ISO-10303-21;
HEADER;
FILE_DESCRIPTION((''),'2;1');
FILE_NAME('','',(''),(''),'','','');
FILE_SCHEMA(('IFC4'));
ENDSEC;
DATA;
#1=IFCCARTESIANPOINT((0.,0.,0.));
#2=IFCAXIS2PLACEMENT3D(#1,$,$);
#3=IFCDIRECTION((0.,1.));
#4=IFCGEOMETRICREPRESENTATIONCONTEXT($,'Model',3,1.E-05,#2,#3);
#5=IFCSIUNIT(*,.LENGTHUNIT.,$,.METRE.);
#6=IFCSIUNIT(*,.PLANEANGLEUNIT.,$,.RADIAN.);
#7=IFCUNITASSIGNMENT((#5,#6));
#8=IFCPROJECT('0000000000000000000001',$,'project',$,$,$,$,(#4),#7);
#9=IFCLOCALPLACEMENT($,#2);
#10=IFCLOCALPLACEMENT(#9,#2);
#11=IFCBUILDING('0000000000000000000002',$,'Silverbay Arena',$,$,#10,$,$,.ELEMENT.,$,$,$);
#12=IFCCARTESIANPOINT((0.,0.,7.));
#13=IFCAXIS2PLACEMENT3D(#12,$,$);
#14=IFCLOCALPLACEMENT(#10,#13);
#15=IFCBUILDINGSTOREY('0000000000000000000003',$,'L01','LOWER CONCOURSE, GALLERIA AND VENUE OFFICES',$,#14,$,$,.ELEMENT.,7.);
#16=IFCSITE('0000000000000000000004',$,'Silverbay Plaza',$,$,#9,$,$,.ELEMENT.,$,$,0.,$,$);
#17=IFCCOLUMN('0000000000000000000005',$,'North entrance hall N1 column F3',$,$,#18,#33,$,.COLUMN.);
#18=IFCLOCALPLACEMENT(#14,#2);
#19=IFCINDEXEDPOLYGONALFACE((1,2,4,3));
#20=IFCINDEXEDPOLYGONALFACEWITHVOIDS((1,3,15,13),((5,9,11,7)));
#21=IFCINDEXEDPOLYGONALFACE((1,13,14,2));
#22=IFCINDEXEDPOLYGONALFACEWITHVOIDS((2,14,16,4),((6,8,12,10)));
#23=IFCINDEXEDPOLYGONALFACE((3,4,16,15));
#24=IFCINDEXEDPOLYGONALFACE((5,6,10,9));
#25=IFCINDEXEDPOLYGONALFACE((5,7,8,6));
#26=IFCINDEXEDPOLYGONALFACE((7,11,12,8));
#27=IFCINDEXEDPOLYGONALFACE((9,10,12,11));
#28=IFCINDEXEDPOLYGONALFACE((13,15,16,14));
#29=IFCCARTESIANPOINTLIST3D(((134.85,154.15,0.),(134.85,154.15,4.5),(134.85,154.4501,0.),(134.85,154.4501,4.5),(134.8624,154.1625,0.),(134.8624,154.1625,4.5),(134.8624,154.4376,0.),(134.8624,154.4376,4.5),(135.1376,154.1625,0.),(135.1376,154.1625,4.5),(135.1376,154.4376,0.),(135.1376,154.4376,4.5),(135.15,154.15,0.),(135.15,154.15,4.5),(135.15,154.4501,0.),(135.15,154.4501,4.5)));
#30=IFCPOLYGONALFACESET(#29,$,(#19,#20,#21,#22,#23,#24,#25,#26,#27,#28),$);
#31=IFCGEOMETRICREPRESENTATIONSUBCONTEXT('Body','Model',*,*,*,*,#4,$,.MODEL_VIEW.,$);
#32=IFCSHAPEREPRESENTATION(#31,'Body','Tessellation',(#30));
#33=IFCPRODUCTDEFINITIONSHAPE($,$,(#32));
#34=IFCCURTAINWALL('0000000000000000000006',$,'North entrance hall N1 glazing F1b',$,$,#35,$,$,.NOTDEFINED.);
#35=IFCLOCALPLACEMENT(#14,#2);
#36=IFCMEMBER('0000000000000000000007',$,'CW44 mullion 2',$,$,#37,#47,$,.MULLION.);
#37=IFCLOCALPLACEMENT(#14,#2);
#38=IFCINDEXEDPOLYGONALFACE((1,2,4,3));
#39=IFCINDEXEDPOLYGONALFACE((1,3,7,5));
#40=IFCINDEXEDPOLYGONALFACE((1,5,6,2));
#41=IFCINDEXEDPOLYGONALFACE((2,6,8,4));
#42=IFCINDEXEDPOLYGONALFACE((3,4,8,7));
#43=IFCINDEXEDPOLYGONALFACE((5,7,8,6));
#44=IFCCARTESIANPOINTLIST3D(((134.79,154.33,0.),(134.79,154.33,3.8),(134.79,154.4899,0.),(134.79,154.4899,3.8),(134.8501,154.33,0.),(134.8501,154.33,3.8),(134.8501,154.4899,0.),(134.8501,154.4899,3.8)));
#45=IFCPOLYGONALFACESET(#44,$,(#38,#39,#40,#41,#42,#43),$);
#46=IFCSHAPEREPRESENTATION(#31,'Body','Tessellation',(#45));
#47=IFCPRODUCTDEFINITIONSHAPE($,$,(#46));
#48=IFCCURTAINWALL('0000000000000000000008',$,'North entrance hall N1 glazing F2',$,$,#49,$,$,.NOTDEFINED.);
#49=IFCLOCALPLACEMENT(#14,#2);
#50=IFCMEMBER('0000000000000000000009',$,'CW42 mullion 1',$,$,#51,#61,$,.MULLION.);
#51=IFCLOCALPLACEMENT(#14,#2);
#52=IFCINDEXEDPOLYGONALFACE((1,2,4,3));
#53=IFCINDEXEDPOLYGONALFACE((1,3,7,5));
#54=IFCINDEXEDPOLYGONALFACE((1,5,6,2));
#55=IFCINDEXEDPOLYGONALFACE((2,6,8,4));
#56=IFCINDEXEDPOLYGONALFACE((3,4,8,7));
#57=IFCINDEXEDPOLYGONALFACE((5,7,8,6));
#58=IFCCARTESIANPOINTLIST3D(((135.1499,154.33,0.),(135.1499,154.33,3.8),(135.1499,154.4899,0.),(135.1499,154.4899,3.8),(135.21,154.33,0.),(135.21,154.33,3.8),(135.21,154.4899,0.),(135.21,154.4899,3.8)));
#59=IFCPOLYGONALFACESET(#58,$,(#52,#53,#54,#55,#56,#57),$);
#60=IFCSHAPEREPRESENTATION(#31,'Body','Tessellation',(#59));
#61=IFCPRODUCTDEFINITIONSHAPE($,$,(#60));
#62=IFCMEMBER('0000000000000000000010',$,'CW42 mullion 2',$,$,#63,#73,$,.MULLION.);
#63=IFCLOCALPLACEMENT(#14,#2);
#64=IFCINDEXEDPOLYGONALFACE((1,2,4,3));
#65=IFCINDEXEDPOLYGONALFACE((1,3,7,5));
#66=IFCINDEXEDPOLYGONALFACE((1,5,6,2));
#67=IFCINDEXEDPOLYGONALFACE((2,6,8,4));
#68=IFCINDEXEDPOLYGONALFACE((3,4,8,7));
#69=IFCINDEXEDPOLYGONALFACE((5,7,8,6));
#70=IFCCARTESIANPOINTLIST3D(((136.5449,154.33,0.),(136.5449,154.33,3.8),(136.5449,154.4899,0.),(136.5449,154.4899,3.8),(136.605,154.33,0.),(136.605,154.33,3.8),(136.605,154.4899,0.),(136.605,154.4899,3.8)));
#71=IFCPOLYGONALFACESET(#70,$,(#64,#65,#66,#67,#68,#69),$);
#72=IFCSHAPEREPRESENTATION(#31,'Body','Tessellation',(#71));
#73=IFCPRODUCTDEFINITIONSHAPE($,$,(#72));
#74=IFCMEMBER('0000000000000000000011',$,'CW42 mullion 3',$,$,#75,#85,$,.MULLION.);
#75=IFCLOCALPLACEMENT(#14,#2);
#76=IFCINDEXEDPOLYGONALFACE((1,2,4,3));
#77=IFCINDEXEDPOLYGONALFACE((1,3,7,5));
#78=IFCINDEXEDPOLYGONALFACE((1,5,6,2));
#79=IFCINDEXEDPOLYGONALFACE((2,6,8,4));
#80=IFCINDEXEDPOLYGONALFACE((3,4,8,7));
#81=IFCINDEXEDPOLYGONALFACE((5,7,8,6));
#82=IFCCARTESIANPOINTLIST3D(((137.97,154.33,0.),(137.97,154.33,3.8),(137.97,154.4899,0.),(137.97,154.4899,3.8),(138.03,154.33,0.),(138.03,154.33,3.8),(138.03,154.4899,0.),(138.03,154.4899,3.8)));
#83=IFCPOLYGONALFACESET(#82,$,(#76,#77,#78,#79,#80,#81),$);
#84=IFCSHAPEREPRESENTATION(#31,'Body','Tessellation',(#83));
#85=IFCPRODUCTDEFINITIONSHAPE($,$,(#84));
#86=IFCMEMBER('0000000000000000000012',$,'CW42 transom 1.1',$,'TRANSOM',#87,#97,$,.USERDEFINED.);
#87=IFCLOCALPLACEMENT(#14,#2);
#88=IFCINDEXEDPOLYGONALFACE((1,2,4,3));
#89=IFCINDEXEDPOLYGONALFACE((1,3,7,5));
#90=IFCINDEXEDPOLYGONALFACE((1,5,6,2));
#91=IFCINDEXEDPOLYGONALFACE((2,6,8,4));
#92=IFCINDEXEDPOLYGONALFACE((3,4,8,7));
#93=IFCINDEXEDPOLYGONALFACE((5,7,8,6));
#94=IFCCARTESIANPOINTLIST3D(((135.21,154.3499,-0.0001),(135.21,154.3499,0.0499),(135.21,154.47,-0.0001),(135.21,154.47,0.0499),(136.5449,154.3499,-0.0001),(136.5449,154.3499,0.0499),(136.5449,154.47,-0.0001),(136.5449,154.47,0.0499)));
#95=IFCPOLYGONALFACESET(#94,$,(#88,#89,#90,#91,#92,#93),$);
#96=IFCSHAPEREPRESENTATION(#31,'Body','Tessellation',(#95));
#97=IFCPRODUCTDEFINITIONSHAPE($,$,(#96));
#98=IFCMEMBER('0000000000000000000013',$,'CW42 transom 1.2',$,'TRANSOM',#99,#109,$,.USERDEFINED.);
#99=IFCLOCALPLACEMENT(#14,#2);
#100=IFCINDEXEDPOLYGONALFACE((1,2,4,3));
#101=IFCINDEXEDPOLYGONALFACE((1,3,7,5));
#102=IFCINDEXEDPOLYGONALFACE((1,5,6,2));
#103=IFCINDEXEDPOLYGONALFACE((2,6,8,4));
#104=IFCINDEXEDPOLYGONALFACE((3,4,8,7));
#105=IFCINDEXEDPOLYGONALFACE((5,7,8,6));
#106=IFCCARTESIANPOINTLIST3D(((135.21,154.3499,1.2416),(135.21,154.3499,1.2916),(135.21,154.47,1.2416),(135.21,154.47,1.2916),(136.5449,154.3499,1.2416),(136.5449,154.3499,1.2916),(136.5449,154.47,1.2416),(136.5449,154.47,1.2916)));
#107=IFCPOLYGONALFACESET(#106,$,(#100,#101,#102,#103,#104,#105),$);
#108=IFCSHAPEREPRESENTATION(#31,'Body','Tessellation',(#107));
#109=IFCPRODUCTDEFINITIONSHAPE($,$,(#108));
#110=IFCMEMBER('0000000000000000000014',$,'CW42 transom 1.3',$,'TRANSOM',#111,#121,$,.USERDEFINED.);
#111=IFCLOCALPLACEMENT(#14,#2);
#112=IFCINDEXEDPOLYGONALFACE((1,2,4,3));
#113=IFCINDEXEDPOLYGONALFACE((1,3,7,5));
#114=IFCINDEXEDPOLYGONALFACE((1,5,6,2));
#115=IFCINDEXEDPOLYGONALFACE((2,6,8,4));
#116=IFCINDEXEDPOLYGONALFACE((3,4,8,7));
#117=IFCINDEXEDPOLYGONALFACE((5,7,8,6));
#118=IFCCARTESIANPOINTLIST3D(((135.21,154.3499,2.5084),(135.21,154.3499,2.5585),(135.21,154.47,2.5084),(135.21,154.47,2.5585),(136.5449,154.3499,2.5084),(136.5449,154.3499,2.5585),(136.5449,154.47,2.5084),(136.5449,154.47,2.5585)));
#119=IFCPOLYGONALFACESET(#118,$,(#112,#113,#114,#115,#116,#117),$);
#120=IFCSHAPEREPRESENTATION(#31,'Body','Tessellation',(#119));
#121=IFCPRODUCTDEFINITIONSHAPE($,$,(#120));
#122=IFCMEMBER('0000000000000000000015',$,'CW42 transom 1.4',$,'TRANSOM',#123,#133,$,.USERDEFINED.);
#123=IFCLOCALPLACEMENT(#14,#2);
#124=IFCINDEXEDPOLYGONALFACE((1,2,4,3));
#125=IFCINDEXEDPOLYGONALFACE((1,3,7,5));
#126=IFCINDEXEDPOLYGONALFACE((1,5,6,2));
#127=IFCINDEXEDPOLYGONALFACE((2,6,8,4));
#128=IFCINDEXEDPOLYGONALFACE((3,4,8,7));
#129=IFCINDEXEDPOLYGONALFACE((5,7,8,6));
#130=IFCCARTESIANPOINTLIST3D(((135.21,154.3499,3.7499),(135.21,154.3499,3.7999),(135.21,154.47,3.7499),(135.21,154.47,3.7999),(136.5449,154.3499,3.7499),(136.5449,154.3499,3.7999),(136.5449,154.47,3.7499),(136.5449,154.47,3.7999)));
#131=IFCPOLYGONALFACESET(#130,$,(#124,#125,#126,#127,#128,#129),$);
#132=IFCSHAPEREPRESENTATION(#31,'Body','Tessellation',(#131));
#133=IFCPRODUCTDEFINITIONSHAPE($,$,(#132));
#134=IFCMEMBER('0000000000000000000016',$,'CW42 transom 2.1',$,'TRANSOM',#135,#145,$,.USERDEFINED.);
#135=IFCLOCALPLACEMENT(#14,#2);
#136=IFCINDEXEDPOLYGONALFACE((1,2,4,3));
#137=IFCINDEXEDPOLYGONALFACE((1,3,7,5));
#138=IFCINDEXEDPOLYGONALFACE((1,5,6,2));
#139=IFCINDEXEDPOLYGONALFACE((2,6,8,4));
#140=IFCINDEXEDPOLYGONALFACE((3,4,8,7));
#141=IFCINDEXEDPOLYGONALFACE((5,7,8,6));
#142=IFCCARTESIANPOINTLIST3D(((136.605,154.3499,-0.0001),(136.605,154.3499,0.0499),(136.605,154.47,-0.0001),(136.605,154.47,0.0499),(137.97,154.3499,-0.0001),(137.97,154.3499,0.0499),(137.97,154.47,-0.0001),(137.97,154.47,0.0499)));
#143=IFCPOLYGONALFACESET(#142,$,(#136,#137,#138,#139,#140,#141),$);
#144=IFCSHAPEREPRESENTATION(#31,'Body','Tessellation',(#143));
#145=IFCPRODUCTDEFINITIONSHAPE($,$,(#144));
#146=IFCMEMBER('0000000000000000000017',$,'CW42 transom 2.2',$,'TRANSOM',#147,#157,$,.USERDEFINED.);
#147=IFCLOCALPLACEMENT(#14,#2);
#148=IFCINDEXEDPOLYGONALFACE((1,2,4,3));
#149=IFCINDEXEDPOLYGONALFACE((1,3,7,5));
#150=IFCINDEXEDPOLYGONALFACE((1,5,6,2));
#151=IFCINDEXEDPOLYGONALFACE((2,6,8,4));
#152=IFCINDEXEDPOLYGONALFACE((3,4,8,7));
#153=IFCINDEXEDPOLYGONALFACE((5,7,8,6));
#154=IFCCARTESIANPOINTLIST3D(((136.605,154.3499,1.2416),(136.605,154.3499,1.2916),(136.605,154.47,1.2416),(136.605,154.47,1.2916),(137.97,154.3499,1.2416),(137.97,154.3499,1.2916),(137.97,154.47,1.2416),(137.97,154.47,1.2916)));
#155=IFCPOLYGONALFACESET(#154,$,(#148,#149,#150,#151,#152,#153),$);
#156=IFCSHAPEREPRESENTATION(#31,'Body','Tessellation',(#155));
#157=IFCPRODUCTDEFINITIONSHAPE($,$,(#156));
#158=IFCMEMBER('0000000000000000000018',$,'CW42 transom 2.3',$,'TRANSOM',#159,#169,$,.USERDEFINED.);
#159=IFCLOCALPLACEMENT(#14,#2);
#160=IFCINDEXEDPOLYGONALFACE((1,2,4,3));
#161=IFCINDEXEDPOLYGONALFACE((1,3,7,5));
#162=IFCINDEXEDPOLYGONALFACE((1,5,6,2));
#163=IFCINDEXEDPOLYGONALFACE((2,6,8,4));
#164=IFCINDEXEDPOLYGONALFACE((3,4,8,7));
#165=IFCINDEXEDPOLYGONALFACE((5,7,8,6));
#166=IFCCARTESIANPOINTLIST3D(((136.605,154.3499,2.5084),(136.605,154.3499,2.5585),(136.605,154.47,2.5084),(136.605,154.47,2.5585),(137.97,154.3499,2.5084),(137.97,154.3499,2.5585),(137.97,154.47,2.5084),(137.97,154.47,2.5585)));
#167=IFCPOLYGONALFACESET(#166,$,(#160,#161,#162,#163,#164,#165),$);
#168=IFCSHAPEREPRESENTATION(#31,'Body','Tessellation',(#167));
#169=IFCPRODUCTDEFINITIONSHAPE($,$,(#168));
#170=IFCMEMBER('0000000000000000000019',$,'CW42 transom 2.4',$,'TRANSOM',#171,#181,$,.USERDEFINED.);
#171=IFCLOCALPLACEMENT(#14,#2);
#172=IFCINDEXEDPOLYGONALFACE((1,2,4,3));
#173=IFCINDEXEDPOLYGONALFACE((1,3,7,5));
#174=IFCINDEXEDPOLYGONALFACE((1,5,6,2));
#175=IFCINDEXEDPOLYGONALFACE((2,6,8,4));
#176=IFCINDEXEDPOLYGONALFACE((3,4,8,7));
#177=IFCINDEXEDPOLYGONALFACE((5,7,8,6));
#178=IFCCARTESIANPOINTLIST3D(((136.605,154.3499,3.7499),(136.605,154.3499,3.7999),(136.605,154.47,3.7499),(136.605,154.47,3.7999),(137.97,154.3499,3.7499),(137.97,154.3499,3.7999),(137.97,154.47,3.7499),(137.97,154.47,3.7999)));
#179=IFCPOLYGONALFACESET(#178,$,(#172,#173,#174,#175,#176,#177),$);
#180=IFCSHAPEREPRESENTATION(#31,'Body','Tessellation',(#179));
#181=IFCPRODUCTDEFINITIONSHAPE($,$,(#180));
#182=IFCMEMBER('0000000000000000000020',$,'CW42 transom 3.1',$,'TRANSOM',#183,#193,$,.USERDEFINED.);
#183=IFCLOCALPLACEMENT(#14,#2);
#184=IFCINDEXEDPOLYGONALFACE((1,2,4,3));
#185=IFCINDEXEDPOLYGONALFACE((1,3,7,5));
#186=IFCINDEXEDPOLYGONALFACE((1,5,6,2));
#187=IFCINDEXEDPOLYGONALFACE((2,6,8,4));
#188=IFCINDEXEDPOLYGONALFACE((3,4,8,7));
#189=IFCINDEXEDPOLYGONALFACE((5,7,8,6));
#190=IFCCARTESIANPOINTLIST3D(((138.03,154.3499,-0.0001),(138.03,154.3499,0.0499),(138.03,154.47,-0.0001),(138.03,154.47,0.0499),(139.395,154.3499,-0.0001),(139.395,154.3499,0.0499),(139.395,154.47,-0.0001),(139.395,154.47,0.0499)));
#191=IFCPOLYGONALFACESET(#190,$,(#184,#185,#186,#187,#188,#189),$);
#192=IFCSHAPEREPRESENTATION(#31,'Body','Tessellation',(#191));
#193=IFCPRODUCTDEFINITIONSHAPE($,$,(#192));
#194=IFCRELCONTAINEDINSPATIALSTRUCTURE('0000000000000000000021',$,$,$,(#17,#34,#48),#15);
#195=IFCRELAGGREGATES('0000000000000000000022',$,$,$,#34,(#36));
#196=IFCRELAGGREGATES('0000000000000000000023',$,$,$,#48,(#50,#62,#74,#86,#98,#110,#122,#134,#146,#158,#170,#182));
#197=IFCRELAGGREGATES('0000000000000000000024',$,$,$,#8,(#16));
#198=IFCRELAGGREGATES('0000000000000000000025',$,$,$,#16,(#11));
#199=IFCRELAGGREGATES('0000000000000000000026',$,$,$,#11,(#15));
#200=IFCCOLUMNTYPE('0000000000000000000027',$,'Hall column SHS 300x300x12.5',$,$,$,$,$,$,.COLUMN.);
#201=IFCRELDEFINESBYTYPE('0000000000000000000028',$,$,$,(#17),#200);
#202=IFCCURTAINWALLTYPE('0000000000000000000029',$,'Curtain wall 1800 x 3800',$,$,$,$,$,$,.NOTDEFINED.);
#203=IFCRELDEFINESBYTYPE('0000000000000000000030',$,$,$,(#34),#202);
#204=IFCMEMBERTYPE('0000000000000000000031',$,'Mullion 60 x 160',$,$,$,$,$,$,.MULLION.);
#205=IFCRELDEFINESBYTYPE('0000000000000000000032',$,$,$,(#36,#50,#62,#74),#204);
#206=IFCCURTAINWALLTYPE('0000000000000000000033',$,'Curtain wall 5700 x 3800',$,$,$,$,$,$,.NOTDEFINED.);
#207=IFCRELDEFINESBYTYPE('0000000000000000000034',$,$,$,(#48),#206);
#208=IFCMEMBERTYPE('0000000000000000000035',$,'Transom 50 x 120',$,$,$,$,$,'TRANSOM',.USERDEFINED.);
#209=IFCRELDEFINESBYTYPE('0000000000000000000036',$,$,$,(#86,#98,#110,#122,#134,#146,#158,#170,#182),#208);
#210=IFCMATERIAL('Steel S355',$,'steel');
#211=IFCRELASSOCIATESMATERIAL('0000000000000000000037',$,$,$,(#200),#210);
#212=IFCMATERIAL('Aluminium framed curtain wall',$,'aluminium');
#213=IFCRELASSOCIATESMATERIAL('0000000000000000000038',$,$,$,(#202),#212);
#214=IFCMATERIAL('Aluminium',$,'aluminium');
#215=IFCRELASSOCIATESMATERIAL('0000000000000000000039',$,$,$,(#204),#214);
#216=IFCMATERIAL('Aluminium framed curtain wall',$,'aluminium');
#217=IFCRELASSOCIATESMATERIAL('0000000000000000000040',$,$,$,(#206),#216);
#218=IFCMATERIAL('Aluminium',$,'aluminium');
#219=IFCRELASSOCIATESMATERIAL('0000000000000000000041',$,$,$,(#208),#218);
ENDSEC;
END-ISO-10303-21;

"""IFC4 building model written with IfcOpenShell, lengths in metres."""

from ifc_helpers import new_model, si_unit, direction, frame, origin, origin_2d, place, context, subcontext, project, spatial, rectangle, hollow_rectangle, extrude, material, material_profile, profile_set, type_object, element, aggregate, save


model = new_model("IFC4")

# Units and contexts
model_context = context("Model", 3, precision=1e-05, world=origin(), true_north=direction((0.0, 1.0)))
body_context = subcontext(model_context, "Body", "Model", "MODEL_VIEW")
ifc_project = project(units=[si_unit("LENGTHUNIT", "METRE"), si_unit("PLANEANGLEUNIT", "RADIAN")], contexts=[model_context])

# Site, building, storey
site_placement = place(None, origin())
site = spatial("IfcSite", under=ifc_project, at=site_placement, Name="Silverbay Plaza", CompositionType="ELEMENT", RefElevation=0.0)
building_placement = place(site_placement, origin())
building = spatial("IfcBuilding", under=site, at=building_placement, Name="Silverbay Arena", CompositionType="ELEMENT")
storey_placement = place(building_placement, frame((0.0, 0.0, 7.0)))
storey = spatial("IfcBuildingStorey", under=building, at=storey_placement, Name="L01", Description="LOWER CONCOURSE, GALLERIA AND VENUE OFFICES", CompositionType="ELEMENT", Elevation=7.0)

# Column
ifc_material_1 = material(Name="Steel S355", Category="steel")
ifc_material_profile_1 = material_profile(ifc_material_1, hollow_rectangle(XDim=0.3, YDim=0.3, WallThickness=0.0125, at=origin_2d()), Name="SHS 300x300x12.5")
ifc_profile_set_1 = profile_set([ifc_material_profile_1], Name="Steel S355")
column_type = type_object("IfcColumnType", Name="Hall column SHS 300x300x12.5", PredefinedType="COLUMN", material=ifc_profile_set_1)
column_placement = place(storey_placement, frame((135.0, 154.3, 0.0), z_axis=(0.0, 0.0, 1.0), x_axis=(1.0, 0.0, 0.0)))
element("IfcColumn", 1, at=column_placement, inside=storey, type_object=column_type, Name="North entrance hall N1 column F3", PredefinedType="COLUMN", context=body_context, shape_type="SweptSolid", body=[
    extrude(hollow_rectangle(XDim=0.3, YDim=0.3, WallThickness=0.0125, at=origin_2d()), origin(), (0.0, 0.0, 1.0), 4.5),
])

# Curtain wall, member
ifc_material_2 = material(Name="Aluminium framed curtain wall", Category="aluminium")
curtain_wall_type_1 = type_object("IfcCurtainWallType", Name="Curtain wall 1800 x 3800", PredefinedType="NOTDEFINED", material=ifc_material_2)
curtain_wall_1_placement = place(storey_placement, origin())
curtain_wall_1 = element("IfcCurtainWall", 2, at=curtain_wall_1_placement, inside=storey, type_object=curtain_wall_type_1, Name="North entrance hall N1 glazing F1b", PredefinedType="NOTDEFINED")
ifc_material_3 = material(Name="Aluminium", Category="aluminium")
ifc_material_profile_2 = material_profile(ifc_material_3, rectangle(XDim=0.1599, YDim=0.0601, at=origin_2d()), Name="Mullion 60 x 160")
ifc_profile_set_2 = profile_set([ifc_material_profile_2], Name="Aluminium")
member_type_1 = type_object("IfcMemberType", Name="Mullion 60 x 160", PredefinedType="MULLION", material=ifc_profile_set_2)
member_1_placement = place(storey_placement, frame((134.8201, 154.4099, 0.0), z_axis=(0.0, 0.0, 1.0), x_axis=(0.0, 1.0, 0.0)))
member_1 = element("IfcMember", 3, at=member_1_placement, type_object=member_type_1, Name="CW44 mullion 2", PredefinedType="MULLION", context=body_context, shape_type="SweptSolid", body=[
    extrude(rectangle(XDim=0.1599, YDim=0.0601, at=origin_2d()), origin(), (0.0, 0.0, 1.0), 3.8),
])
aggregate(curtain_wall_1, [member_1])

# Curtain wall, members
ifc_material_4 = material(Name="Aluminium framed curtain wall", Category="aluminium")
curtain_wall_type_2 = type_object("IfcCurtainWallType", Name="Curtain wall 5700 x 3800", PredefinedType="NOTDEFINED", material=ifc_material_4)
curtain_wall_2_placement = place(storey_placement, origin())
curtain_wall_2 = element("IfcCurtainWall", 4, at=curtain_wall_2_placement, inside=storey, type_object=curtain_wall_type_2, Name="North entrance hall N1 glazing F2", PredefinedType="NOTDEFINED")
member_2_placement = place(storey_placement, frame((135.1799, 154.4099, 0.0), z_axis=(0.0, 0.0, 1.0), x_axis=(0.0, 1.0, 0.0)))
member_2 = element("IfcMember", 5, at=member_2_placement, type_object=member_type_1, Name="CW42 mullion 1", PredefinedType="MULLION", context=body_context, shape_type="SweptSolid", body=[
    extrude(rectangle(XDim=0.1599, YDim=0.0601, at=origin_2d()), origin(), (0.0, 0.0, 1.0), 3.8),
])
member_3_placement = place(storey_placement, frame((136.575, 154.4099, 0.0), z_axis=(0.0, 0.0, 1.0), x_axis=(0.0, 1.0, 0.0)))
member_3 = element("IfcMember", 6, at=member_3_placement, type_object=member_type_1, Name="CW42 mullion 2", PredefinedType="MULLION", context=body_context, shape_type="SweptSolid", body=[
    extrude(rectangle(XDim=0.1599, YDim=0.0601, at=origin_2d()), origin(), (0.0, 0.0, 1.0), 3.8),
])
member_4_placement = place(storey_placement, frame((138.0, 154.4099, 0.0), z_axis=(0.0, 0.0, 1.0), x_axis=(0.0, 1.0, 0.0)))
member_4 = element("IfcMember", 7, at=member_4_placement, type_object=member_type_1, Name="CW42 mullion 3", PredefinedType="MULLION", context=body_context, shape_type="SweptSolid", body=[
    extrude(rectangle(XDim=0.1599, YDim=0.0601, at=origin_2d()), origin(), (0.0, 0.0, 1.0), 3.8),
])
ifc_material_5 = material(Name="Aluminium", Category="aluminium")
ifc_material_profile_3 = material_profile(ifc_material_5, rectangle(XDim=0.1201, YDim=0.05, at=origin_2d()), Name="Transom 50 x 120")
ifc_profile_set_3 = profile_set([ifc_material_profile_3], Name="Aluminium")
member_type_2 = type_object("IfcMemberType", Name="Transom 50 x 120", ElementType="TRANSOM", PredefinedType="USERDEFINED", material=ifc_profile_set_3)
member_5_placement = place(storey_placement, frame((135.21, 154.4099, 0.0249), z_axis=(1.0, 0.0, 0.0), x_axis=(0.0, 1.0, 0.0)))
member_5 = element("IfcMember", 8, at=member_5_placement, type_object=member_type_2, Name="CW42 transom 1.1", ObjectType="TRANSOM", PredefinedType="USERDEFINED", context=body_context, shape_type="SweptSolid", body=[
    extrude(rectangle(XDim=0.1201, YDim=0.05, at=origin_2d()), origin(), (0.0, 0.0, 1.0), 1.335),
])
member_6_placement = place(storey_placement, frame((135.21, 154.4099, 1.2666), z_axis=(1.0, 0.0, 0.0), x_axis=(0.0, 1.0, 0.0)))
member_6 = element("IfcMember", 9, at=member_6_placement, type_object=member_type_2, Name="CW42 transom 1.2", ObjectType="TRANSOM", PredefinedType="USERDEFINED", context=body_context, shape_type="SweptSolid", body=[
    extrude(rectangle(XDim=0.1201, YDim=0.05, at=origin_2d()), origin(), (0.0, 0.0, 1.0), 1.335),
])
member_7_placement = place(storey_placement, frame((135.21, 154.4099, 2.5334), z_axis=(1.0, 0.0, 0.0), x_axis=(0.0, 1.0, 0.0)))
member_7 = element("IfcMember", 10, at=member_7_placement, type_object=member_type_2, Name="CW42 transom 1.3", ObjectType="TRANSOM", PredefinedType="USERDEFINED", context=body_context, shape_type="SweptSolid", body=[
    extrude(rectangle(XDim=0.1201, YDim=0.05, at=origin_2d()), origin(), (0.0, 0.0, 1.0), 1.335),
])
member_8_placement = place(storey_placement, frame((135.21, 154.4099, 3.7749), z_axis=(1.0, 0.0, 0.0), x_axis=(0.0, 1.0, 0.0)))
member_8 = element("IfcMember", 11, at=member_8_placement, type_object=member_type_2, Name="CW42 transom 1.4", ObjectType="TRANSOM", PredefinedType="USERDEFINED", context=body_context, shape_type="SweptSolid", body=[
    extrude(rectangle(XDim=0.1201, YDim=0.05, at=origin_2d()), origin(), (0.0, 0.0, 1.0), 1.335),
])
member_9_placement = place(storey_placement, frame((136.605, 154.4099, 0.0249), z_axis=(1.0, 0.0, 0.0), x_axis=(0.0, 1.0, 0.0)))
member_9 = element("IfcMember", 12, at=member_9_placement, type_object=member_type_2, Name="CW42 transom 2.1", ObjectType="TRANSOM", PredefinedType="USERDEFINED", context=body_context, shape_type="SweptSolid", body=[
    extrude(rectangle(XDim=0.1201, YDim=0.05, at=origin_2d()), origin(), (0.0, 0.0, 1.0), 1.365),
])
member_10_placement = place(storey_placement, frame((136.605, 154.4099, 1.2666), z_axis=(1.0, 0.0, 0.0), x_axis=(0.0, 1.0, 0.0)))
member_10 = element("IfcMember", 13, at=member_10_placement, type_object=member_type_2, Name="CW42 transom 2.2", ObjectType="TRANSOM", PredefinedType="USERDEFINED", context=body_context, shape_type="SweptSolid", body=[
    extrude(rectangle(XDim=0.1201, YDim=0.05, at=origin_2d()), origin(), (0.0, 0.0, 1.0), 1.365),
])
member_11_placement = place(storey_placement, frame((136.605, 154.4099, 2.5334), z_axis=(1.0, 0.0, 0.0), x_axis=(0.0, 1.0, 0.0)))
member_11 = element("IfcMember", 14, at=member_11_placement, type_object=member_type_2, Name="CW42 transom 2.3", ObjectType="TRANSOM", PredefinedType="USERDEFINED", context=body_context, shape_type="SweptSolid", body=[
    extrude(rectangle(XDim=0.1201, YDim=0.05, at=origin_2d()), origin(), (0.0, 0.0, 1.0), 1.365),
])
member_12_placement = place(storey_placement, frame((136.605, 154.4099, 3.7749), z_axis=(1.0, 0.0, 0.0), x_axis=(0.0, 1.0, 0.0)))
member_12 = element("IfcMember", 15, at=member_12_placement, type_object=member_type_2, Name="CW42 transom 2.4", ObjectType="TRANSOM", PredefinedType="USERDEFINED", context=body_context, shape_type="SweptSolid", body=[
    extrude(rectangle(XDim=0.1201, YDim=0.05, at=origin_2d()), origin(), (0.0, 0.0, 1.0), 1.365),
])
member_13_placement = place(storey_placement, frame((138.03, 154.4099, 0.0249), z_axis=(1.0, 0.0, 0.0), x_axis=(0.0, 1.0, 0.0)))
member_13 = element("IfcMember", 16, at=member_13_placement, type_object=member_type_2, Name="CW42 transom 3.1", ObjectType="TRANSOM", PredefinedType="USERDEFINED", context=body_context, shape_type="SweptSolid", body=[
    extrude(rectangle(XDim=0.1201, YDim=0.05, at=origin_2d()), origin(), (0.0, 0.0, 1.0), 1.365),
])
aggregate(curtain_wall_2, [member_2, member_3, member_4, member_5, member_6, member_7, member_8, member_9, member_10, member_11, member_12, member_13])

save(model, "model.ifc")
